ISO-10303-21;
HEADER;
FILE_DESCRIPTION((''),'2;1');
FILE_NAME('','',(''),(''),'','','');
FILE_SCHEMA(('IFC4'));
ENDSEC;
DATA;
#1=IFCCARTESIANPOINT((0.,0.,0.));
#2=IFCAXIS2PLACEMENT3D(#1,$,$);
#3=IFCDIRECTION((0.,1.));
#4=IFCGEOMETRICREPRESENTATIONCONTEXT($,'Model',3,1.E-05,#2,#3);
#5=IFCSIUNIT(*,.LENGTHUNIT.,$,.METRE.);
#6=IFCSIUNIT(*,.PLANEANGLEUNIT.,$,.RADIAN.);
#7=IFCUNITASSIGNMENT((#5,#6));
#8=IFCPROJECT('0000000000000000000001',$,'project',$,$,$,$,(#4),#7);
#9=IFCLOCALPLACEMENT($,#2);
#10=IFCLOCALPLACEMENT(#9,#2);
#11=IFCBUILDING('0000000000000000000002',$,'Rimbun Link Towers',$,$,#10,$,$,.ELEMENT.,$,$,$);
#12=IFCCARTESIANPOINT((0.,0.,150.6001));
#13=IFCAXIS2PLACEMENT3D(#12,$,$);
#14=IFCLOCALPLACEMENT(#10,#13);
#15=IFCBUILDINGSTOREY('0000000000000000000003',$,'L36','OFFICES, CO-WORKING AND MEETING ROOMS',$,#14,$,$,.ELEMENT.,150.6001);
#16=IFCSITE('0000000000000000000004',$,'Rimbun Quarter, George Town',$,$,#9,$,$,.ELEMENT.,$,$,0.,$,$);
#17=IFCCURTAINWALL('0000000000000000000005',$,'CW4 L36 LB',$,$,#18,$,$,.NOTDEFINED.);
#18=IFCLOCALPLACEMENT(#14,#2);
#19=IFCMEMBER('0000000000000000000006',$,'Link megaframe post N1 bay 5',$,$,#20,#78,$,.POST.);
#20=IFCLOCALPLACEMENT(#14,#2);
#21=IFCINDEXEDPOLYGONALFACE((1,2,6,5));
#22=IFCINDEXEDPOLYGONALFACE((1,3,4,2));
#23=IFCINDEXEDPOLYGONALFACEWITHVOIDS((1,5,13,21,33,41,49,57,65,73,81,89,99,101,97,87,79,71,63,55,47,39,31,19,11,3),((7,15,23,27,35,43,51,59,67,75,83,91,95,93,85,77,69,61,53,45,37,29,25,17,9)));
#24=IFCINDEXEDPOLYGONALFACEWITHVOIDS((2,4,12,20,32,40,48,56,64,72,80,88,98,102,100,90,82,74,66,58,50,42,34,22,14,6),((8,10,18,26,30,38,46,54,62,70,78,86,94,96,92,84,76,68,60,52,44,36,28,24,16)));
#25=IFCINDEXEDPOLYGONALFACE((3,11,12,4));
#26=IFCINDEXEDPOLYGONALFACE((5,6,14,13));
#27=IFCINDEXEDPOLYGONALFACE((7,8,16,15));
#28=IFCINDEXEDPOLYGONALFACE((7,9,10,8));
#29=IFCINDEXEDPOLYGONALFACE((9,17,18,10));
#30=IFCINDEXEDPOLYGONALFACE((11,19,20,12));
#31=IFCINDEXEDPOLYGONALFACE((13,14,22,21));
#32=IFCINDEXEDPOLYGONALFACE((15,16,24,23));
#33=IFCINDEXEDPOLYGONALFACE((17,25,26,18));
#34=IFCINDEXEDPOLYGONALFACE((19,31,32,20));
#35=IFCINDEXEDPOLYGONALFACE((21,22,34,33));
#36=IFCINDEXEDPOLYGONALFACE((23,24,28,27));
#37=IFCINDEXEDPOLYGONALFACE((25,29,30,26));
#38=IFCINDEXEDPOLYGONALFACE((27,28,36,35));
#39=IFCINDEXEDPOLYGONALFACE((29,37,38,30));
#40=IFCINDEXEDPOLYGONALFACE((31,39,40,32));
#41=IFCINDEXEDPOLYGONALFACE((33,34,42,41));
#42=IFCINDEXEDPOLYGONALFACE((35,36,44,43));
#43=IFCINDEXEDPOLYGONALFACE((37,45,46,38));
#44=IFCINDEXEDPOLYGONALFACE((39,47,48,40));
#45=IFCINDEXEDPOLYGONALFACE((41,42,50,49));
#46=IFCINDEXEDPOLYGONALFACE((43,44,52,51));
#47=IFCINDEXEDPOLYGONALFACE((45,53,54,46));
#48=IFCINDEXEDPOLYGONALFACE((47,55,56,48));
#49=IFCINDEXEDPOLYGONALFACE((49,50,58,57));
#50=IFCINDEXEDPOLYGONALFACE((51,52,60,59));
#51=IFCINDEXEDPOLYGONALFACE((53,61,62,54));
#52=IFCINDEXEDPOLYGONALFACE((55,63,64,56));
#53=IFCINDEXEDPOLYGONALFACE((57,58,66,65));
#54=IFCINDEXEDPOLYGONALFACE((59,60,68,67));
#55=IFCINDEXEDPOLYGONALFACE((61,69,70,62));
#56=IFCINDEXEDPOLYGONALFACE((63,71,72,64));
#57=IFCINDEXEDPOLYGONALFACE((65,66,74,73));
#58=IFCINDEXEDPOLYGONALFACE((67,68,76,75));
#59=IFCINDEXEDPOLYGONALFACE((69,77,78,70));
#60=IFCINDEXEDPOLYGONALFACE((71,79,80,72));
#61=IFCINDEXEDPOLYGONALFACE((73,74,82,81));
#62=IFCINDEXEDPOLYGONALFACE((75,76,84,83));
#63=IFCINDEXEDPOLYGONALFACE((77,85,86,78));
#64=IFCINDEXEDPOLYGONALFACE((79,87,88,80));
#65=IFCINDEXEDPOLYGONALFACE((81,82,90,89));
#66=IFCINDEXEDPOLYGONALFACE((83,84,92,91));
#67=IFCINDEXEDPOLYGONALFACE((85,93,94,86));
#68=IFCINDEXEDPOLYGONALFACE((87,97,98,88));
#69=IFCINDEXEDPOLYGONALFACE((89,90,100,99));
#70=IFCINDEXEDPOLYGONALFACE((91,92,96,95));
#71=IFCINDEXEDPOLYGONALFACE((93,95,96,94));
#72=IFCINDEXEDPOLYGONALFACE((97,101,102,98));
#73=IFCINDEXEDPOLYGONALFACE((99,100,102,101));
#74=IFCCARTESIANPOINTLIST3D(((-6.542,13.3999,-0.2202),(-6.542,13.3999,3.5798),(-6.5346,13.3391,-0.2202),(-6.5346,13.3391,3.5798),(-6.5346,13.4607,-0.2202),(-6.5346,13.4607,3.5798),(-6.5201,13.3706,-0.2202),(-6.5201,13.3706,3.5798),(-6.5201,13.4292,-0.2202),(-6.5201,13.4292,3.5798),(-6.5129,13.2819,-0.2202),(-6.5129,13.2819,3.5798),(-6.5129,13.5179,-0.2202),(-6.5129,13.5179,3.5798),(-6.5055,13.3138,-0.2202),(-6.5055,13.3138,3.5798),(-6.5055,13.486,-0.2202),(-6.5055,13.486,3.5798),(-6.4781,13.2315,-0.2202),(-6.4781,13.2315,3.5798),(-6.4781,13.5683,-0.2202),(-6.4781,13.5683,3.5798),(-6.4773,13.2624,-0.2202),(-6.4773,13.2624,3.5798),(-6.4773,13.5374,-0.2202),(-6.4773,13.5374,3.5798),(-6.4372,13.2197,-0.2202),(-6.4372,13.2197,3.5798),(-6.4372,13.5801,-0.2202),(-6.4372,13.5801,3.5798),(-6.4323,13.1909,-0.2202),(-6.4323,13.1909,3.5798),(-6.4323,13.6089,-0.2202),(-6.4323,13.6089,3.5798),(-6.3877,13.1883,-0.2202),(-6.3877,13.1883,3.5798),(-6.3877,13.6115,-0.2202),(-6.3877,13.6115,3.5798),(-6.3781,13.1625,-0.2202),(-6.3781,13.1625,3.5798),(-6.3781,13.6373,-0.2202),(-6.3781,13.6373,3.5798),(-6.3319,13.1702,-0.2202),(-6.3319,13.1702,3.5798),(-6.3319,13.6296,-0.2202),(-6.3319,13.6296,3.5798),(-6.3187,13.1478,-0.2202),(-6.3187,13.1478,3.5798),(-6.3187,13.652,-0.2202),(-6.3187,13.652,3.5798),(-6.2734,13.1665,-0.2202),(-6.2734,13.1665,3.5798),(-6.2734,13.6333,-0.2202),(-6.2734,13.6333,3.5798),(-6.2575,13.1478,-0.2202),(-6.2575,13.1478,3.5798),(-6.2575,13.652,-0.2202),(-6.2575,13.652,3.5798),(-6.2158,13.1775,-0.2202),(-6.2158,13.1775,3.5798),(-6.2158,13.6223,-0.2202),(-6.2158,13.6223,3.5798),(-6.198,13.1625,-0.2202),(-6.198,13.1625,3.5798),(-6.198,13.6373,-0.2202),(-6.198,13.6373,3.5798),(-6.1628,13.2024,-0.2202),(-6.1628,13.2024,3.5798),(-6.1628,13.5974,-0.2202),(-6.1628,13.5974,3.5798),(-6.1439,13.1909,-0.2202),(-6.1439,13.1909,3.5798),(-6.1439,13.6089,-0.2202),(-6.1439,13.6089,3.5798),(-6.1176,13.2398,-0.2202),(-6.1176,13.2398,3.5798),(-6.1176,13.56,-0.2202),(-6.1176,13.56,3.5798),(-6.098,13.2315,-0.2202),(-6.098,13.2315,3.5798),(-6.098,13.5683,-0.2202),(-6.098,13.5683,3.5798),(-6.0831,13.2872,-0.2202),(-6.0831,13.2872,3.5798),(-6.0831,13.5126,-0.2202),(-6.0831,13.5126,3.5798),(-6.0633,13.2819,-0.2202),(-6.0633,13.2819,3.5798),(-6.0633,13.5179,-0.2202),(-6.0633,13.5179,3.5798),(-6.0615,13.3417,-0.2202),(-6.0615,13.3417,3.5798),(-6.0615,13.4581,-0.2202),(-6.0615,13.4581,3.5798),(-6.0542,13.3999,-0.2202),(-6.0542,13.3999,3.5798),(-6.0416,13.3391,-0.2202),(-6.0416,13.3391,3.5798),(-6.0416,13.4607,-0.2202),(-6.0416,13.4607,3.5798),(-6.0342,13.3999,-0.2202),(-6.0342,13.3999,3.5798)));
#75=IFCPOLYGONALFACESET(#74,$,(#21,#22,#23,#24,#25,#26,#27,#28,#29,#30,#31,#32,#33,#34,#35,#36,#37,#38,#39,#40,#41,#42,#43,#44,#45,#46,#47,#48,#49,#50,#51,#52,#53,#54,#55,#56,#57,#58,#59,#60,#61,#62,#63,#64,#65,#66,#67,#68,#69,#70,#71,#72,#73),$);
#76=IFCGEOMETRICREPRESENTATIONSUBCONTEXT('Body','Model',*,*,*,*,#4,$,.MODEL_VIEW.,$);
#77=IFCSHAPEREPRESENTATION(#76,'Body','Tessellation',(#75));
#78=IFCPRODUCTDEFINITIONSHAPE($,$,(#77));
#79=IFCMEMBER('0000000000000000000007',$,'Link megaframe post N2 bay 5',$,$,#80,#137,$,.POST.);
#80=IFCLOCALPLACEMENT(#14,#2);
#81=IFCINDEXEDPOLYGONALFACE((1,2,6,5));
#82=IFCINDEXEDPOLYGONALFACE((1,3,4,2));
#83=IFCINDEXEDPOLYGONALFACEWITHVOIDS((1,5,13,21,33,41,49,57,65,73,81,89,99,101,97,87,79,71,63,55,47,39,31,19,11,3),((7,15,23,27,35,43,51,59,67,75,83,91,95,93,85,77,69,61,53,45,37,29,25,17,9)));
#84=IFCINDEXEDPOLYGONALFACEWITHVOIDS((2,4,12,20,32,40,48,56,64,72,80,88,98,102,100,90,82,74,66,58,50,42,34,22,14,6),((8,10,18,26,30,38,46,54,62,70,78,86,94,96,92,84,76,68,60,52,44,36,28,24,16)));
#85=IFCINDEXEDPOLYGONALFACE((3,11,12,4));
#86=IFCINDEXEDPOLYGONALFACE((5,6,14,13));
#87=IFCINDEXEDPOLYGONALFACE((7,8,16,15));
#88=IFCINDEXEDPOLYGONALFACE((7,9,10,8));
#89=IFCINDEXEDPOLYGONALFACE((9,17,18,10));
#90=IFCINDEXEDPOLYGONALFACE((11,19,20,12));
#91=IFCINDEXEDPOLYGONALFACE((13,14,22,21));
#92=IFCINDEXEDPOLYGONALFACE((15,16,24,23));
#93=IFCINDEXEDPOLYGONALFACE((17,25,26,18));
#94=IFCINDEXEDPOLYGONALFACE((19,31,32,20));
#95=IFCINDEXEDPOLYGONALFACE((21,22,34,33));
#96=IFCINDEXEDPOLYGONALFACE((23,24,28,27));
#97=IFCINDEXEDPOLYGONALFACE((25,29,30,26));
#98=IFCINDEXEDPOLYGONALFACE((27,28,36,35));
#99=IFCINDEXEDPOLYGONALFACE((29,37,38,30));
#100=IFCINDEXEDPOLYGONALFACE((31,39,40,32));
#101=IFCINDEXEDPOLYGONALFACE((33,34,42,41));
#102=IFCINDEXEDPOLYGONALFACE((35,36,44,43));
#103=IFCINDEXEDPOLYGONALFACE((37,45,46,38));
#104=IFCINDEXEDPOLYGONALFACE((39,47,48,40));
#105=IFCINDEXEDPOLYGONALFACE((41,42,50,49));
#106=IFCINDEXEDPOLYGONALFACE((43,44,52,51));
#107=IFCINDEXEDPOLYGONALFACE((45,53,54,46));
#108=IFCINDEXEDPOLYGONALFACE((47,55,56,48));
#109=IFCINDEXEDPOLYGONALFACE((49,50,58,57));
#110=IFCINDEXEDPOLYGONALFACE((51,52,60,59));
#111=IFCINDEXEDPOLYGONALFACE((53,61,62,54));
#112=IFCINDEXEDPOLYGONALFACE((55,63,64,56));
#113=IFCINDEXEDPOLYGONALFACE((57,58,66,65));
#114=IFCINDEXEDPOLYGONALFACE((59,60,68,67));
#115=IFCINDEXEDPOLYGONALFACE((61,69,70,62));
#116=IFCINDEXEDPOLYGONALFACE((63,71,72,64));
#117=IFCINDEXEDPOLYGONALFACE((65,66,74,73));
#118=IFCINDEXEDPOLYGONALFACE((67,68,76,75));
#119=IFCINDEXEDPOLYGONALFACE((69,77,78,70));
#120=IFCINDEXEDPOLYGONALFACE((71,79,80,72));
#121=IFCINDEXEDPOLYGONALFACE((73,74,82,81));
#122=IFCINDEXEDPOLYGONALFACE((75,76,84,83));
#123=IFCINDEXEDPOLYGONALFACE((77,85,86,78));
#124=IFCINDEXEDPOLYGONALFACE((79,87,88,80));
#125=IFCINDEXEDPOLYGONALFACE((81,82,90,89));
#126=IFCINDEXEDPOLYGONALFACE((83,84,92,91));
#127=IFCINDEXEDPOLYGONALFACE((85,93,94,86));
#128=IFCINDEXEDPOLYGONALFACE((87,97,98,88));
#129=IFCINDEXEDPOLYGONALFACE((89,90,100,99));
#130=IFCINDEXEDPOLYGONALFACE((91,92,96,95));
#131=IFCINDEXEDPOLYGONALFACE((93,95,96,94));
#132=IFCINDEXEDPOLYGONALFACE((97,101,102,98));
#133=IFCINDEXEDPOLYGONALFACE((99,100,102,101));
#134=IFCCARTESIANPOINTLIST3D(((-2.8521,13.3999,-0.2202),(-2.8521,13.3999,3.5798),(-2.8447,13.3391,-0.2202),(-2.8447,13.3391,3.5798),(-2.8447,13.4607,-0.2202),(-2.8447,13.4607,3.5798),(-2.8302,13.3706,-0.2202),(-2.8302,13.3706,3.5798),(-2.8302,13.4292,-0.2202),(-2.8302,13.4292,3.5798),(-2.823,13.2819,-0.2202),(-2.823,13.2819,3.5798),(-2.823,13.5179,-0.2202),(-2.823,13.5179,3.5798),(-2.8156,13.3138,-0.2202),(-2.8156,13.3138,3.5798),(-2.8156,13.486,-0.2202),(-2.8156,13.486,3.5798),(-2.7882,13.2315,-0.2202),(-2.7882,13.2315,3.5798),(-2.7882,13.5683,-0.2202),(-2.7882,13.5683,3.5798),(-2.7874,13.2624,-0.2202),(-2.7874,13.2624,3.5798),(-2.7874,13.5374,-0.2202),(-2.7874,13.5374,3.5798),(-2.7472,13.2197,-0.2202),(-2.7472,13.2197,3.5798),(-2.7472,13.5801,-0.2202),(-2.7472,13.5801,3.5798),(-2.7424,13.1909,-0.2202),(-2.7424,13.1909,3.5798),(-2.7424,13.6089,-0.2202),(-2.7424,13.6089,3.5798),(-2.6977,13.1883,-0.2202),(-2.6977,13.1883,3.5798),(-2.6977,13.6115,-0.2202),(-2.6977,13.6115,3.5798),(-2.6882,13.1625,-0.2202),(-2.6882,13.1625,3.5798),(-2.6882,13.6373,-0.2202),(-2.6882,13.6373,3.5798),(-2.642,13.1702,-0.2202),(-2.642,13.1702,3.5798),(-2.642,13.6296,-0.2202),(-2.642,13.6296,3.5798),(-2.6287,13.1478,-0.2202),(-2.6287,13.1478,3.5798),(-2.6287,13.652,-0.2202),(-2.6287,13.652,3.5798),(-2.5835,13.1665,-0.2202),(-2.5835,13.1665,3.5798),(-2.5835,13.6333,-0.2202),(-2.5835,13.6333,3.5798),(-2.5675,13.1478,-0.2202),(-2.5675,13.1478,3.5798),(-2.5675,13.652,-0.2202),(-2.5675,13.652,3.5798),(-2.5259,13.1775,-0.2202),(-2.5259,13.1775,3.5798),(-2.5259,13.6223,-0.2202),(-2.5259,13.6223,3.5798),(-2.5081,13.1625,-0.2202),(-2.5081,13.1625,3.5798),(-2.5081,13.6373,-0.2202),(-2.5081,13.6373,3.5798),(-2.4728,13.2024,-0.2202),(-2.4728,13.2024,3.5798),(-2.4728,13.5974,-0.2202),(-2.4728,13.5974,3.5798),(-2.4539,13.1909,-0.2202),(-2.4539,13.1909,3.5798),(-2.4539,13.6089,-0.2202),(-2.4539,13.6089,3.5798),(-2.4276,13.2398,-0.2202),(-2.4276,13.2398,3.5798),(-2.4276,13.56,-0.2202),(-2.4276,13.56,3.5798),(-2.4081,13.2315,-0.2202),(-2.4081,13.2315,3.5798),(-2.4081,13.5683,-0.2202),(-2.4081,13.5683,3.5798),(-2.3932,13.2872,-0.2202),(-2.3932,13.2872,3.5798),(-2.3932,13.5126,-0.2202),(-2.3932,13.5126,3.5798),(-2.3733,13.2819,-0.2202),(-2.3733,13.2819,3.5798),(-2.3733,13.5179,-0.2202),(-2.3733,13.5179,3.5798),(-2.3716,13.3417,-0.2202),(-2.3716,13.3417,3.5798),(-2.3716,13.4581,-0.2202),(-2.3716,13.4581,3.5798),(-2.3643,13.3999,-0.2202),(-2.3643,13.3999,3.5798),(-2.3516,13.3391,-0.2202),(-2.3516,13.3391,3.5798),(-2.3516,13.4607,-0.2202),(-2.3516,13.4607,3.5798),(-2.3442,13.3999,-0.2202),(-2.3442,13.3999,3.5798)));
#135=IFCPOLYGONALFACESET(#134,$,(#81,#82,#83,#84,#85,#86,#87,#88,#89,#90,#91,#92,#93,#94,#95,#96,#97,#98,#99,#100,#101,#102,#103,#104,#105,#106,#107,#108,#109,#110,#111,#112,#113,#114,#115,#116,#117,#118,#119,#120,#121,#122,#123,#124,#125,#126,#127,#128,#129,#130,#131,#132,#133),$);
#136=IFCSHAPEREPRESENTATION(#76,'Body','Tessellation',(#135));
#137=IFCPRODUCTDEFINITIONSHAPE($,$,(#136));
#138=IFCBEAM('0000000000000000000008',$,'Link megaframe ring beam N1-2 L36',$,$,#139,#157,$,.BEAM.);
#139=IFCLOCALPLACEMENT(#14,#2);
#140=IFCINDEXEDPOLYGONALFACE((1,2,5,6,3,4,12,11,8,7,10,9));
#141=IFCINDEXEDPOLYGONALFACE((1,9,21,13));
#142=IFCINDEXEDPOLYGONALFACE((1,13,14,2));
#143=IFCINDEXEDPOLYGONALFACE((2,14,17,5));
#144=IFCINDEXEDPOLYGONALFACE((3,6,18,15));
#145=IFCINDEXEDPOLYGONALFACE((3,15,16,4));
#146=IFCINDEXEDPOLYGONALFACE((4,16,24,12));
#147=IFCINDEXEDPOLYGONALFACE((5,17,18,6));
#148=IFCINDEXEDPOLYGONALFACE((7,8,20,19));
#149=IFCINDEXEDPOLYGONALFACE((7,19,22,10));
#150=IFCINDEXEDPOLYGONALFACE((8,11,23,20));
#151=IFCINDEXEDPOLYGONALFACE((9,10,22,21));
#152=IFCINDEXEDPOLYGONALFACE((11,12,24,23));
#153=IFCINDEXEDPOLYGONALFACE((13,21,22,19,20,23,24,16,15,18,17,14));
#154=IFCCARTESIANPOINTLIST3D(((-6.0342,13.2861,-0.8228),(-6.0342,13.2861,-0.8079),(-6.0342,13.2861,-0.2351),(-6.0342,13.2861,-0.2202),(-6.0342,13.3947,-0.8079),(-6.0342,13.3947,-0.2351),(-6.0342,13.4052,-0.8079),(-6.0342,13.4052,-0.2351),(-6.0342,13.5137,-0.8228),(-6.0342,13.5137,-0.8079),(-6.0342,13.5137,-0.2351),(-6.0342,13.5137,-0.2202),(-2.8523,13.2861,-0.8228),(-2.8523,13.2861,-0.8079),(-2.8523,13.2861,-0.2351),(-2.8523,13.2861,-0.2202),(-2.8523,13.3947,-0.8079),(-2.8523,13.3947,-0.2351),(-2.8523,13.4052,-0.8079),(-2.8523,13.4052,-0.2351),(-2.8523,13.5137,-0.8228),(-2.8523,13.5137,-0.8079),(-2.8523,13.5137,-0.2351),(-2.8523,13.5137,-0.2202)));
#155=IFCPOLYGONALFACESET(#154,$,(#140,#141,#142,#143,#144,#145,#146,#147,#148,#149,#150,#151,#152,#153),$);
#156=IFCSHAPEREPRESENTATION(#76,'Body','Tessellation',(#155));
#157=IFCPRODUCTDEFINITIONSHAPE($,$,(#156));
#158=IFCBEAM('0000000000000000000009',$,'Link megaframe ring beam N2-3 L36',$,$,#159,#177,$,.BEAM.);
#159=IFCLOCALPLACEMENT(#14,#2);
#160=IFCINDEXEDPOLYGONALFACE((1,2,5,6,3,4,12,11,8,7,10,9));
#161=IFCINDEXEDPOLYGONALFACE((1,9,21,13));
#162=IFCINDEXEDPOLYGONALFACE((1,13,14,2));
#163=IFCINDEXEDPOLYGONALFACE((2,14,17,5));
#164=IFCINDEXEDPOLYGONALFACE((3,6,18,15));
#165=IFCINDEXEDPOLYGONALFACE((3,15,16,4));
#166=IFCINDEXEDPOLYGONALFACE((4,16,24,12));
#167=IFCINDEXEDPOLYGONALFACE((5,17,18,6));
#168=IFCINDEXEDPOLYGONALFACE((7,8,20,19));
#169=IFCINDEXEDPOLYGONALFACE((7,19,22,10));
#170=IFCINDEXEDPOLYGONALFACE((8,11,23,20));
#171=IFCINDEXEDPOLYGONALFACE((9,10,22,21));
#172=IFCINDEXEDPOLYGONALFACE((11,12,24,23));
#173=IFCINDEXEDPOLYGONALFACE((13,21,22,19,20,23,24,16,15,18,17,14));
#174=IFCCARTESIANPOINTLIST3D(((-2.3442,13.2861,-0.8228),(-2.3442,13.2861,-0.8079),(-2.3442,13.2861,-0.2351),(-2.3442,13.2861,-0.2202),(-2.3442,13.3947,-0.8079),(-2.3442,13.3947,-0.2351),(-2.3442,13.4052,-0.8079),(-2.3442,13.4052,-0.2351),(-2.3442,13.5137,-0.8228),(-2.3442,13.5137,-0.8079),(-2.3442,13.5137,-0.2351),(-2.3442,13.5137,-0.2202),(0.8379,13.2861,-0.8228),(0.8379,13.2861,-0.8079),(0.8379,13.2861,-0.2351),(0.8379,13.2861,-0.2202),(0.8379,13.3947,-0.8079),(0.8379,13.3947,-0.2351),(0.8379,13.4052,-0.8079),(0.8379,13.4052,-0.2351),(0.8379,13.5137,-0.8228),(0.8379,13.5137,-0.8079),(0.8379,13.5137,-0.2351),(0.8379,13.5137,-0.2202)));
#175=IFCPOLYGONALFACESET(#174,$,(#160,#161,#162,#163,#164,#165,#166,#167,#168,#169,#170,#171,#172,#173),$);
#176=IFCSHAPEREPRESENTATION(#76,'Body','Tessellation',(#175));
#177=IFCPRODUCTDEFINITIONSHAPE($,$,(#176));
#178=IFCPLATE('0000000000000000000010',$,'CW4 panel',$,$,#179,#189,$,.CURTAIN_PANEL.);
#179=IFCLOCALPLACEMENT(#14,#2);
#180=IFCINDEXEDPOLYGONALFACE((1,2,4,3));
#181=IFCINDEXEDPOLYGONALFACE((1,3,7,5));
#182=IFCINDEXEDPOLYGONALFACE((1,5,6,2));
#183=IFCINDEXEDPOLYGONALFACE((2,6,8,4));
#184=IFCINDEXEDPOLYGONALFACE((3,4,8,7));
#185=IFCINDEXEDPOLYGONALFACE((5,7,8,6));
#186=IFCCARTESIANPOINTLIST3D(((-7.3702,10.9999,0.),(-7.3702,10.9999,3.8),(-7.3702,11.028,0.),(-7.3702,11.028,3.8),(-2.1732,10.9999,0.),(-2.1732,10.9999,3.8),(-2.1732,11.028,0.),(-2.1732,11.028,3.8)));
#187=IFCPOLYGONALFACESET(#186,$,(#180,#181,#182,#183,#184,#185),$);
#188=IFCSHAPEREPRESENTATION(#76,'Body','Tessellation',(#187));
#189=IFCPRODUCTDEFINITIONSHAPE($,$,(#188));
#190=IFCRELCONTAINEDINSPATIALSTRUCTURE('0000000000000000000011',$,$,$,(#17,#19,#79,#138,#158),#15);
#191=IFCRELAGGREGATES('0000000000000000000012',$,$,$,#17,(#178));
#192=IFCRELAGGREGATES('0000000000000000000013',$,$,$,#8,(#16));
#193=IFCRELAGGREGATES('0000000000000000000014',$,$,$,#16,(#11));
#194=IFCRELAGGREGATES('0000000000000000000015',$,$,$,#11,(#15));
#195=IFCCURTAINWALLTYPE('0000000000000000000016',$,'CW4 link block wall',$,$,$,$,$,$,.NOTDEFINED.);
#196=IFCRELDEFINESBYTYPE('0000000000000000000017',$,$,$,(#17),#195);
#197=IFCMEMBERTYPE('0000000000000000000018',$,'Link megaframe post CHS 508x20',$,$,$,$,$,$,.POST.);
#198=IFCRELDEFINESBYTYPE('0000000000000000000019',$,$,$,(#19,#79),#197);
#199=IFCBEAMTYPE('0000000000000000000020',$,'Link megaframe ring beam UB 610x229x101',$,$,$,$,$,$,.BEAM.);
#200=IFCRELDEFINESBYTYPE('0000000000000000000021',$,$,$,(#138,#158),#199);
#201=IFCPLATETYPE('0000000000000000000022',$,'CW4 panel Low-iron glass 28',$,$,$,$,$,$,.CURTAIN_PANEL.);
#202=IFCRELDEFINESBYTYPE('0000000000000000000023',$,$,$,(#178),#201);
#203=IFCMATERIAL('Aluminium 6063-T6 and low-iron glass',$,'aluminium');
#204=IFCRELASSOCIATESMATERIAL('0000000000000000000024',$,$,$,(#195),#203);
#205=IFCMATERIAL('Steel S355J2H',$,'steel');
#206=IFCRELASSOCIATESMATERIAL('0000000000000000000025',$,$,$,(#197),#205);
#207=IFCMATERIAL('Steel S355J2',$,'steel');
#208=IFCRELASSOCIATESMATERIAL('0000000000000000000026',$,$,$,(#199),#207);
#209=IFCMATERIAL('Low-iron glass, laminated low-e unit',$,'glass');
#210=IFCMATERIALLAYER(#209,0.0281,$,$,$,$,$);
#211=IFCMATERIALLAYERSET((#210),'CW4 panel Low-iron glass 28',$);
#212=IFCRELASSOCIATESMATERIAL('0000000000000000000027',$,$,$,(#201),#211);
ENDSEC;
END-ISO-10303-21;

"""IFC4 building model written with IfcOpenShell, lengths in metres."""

from ifc_helpers import new_model, si_unit, direction, frame, origin, origin_2d, place, context, subcontext, project, spatial, rectangle, hollow_circle, i_section, extrude, material, layer, layer_set, material_profile, profile_set, type_object, element, aggregate, save


model = new_model("IFC4")

# Units and contexts
model_context = context("Model", 3, precision=1e-05, world=origin(), true_north=direction((0.0, 1.0)))
body_context = subcontext(model_context, "Body", "Model", "MODEL_VIEW")
ifc_project = project(units=[si_unit("LENGTHUNIT", "METRE"), si_unit("PLANEANGLEUNIT", "RADIAN")], contexts=[model_context])

# Site, building, storey
site_placement = place(None, origin())
site = spatial("IfcSite", under=ifc_project, at=site_placement, Name="Rimbun Quarter, George Town", CompositionType="ELEMENT", RefElevation=0.0)
building_placement = place(site_placement, origin())
building = spatial("IfcBuilding", under=site, at=building_placement, Name="Rimbun Link Towers", CompositionType="ELEMENT")
storey_placement = place(building_placement, frame((0.0, 0.0, 150.6001)))
storey = spatial("IfcBuildingStorey", under=building, at=storey_placement, Name="L36", Description="OFFICES, CO-WORKING AND MEETING ROOMS", CompositionType="ELEMENT", Elevation=150.6001)

# Curtain wall
ifc_material_1 = material(Name="Aluminium 6063-T6 and low-iron glass", Category="aluminium")
curtain_wall_type = type_object("IfcCurtainWallType", Name="CW4 link block wall", PredefinedType="NOTDEFINED", material=ifc_material_1)
curtain_wall_placement = place(storey_placement, origin())
curtain_wall = element("IfcCurtainWall", 1, at=curtain_wall_placement, inside=storey, type_object=curtain_wall_type, Name="CW4 L36 LB", PredefinedType="NOTDEFINED")

# Members
ifc_material_2 = material(Name="Steel S355J2H", Category="steel")
ifc_material_profile_1 = material_profile(ifc_material_2, hollow_circle(Radius=0.2539, WallThickness=0.02, at=origin_2d()), Name="CHS 508x20")
ifc_profile_set_1 = profile_set([ifc_material_profile_1], Name="Steel S355J2H")
member_type_1 = type_object("IfcMemberType", Name="Link megaframe post CHS 508x20", PredefinedType="POST", material=ifc_profile_set_1)
for number, where, z_axis, x_axis, name in (
    (2, (-6.2881, 13.3999, -0.2202), (0.0, 0.0, 1.0), (1.0, 0.0, 0.0), "Link megaframe post N1 bay 5"),
    (3, (-2.5981, 13.3999, -0.2202), (0.0, 0.0, 1.0), (1.0, 0.0, 0.0), "Link megaframe post N2 bay 5"),
):
    element("IfcMember", number, at=place(storey_placement, frame(where, z_axis=z_axis, x_axis=x_axis)), inside=storey, type_object=member_type_1, Name=name, PredefinedType="POST", context=body_context, shape_type="SweptSolid", body=[
        extrude(hollow_circle(Radius=0.2539, WallThickness=0.02, at=origin_2d()), origin(), (0.0, 0.0, 1.0), 3.8),
    ])

# Beams
ifc_material_3 = material(Name="Steel S355J2", Category="steel")
ifc_material_profile_2 = material_profile(ifc_material_3, i_section(OverallWidth=0.2275, OverallDepth=0.6025, WebThickness=0.0105, FlangeThickness=0.0149, at=origin_2d()), Name="UB 610x229x101")
ifc_profile_set_2 = profile_set([ifc_material_profile_2], Name="Steel S355J2")
beam_type_1 = type_object("IfcBeamType", Name="Link megaframe ring beam UB 610x229x101", PredefinedType="BEAM", material=ifc_profile_set_2)
beam_1_placement = place(storey_placement, frame((-6.0342, 13.3999, -0.5215), z_axis=(1.0, 0.0, 0.0), x_axis=(0.0, 1.0, 0.0)))
element("IfcBeam", 4, at=beam_1_placement, inside=storey, type_object=beam_type_1, Name="Link megaframe ring beam N1-2 L36", PredefinedType="BEAM", context=body_context, shape_type="SweptSolid", body=[
    extrude(i_section(OverallWidth=0.2275, OverallDepth=0.6025, WebThickness=0.0105, FlangeThickness=0.0149, at=origin_2d()), origin(), (0.0, 0.0, 1.0), 3.1819),
])
beam_2_placement = place(storey_placement, frame((-2.3442, 13.3999, -0.5215), z_axis=(1.0, 0.0, 0.0), x_axis=(0.0, 1.0, 0.0)))
element("IfcBeam", 5, at=beam_2_placement, inside=storey, type_object=beam_type_1, Name="Link megaframe ring beam N2-3 L36", PredefinedType="BEAM", context=body_context, shape_type="SweptSolid", body=[
    extrude(i_section(OverallWidth=0.2275, OverallDepth=0.6025, WebThickness=0.0105, FlangeThickness=0.0149, at=origin_2d()), origin(), (0.0, 0.0, 1.0), 3.1821),
])

# Plate
ifc_material_4 = material(Name="Low-iron glass, laminated low-e unit", Category="glass")
ifc_layer_1 = layer(ifc_material_4, 0.0281)
ifc_layer_set_1 = layer_set([ifc_layer_1], Name="CW4 panel Low-iron glass 28")
plate_type = type_object("IfcPlateType", Name="CW4 panel Low-iron glass 28", PredefinedType="CURTAIN_PANEL", material=ifc_layer_set_1)
plate_placement = place(storey_placement, frame((-4.7717, 11.0139, 0.0), z_axis=(0.0, 0.0, 1.0), x_axis=(1.0, 0.0, 0.0)))
plate = element("IfcPlate", 6, at=plate_placement, type_object=plate_type, Name="CW4 panel", PredefinedType="CURTAIN_PANEL", context=body_context, shape_type="SweptSolid", body=[
    extrude(rectangle(XDim=5.197, YDim=0.0281, at=origin_2d()), origin(), (0.0, 0.0, 1.0), 3.8),
])
aggregate(curtain_wall, [plate])

save(model, "model.ifc")
